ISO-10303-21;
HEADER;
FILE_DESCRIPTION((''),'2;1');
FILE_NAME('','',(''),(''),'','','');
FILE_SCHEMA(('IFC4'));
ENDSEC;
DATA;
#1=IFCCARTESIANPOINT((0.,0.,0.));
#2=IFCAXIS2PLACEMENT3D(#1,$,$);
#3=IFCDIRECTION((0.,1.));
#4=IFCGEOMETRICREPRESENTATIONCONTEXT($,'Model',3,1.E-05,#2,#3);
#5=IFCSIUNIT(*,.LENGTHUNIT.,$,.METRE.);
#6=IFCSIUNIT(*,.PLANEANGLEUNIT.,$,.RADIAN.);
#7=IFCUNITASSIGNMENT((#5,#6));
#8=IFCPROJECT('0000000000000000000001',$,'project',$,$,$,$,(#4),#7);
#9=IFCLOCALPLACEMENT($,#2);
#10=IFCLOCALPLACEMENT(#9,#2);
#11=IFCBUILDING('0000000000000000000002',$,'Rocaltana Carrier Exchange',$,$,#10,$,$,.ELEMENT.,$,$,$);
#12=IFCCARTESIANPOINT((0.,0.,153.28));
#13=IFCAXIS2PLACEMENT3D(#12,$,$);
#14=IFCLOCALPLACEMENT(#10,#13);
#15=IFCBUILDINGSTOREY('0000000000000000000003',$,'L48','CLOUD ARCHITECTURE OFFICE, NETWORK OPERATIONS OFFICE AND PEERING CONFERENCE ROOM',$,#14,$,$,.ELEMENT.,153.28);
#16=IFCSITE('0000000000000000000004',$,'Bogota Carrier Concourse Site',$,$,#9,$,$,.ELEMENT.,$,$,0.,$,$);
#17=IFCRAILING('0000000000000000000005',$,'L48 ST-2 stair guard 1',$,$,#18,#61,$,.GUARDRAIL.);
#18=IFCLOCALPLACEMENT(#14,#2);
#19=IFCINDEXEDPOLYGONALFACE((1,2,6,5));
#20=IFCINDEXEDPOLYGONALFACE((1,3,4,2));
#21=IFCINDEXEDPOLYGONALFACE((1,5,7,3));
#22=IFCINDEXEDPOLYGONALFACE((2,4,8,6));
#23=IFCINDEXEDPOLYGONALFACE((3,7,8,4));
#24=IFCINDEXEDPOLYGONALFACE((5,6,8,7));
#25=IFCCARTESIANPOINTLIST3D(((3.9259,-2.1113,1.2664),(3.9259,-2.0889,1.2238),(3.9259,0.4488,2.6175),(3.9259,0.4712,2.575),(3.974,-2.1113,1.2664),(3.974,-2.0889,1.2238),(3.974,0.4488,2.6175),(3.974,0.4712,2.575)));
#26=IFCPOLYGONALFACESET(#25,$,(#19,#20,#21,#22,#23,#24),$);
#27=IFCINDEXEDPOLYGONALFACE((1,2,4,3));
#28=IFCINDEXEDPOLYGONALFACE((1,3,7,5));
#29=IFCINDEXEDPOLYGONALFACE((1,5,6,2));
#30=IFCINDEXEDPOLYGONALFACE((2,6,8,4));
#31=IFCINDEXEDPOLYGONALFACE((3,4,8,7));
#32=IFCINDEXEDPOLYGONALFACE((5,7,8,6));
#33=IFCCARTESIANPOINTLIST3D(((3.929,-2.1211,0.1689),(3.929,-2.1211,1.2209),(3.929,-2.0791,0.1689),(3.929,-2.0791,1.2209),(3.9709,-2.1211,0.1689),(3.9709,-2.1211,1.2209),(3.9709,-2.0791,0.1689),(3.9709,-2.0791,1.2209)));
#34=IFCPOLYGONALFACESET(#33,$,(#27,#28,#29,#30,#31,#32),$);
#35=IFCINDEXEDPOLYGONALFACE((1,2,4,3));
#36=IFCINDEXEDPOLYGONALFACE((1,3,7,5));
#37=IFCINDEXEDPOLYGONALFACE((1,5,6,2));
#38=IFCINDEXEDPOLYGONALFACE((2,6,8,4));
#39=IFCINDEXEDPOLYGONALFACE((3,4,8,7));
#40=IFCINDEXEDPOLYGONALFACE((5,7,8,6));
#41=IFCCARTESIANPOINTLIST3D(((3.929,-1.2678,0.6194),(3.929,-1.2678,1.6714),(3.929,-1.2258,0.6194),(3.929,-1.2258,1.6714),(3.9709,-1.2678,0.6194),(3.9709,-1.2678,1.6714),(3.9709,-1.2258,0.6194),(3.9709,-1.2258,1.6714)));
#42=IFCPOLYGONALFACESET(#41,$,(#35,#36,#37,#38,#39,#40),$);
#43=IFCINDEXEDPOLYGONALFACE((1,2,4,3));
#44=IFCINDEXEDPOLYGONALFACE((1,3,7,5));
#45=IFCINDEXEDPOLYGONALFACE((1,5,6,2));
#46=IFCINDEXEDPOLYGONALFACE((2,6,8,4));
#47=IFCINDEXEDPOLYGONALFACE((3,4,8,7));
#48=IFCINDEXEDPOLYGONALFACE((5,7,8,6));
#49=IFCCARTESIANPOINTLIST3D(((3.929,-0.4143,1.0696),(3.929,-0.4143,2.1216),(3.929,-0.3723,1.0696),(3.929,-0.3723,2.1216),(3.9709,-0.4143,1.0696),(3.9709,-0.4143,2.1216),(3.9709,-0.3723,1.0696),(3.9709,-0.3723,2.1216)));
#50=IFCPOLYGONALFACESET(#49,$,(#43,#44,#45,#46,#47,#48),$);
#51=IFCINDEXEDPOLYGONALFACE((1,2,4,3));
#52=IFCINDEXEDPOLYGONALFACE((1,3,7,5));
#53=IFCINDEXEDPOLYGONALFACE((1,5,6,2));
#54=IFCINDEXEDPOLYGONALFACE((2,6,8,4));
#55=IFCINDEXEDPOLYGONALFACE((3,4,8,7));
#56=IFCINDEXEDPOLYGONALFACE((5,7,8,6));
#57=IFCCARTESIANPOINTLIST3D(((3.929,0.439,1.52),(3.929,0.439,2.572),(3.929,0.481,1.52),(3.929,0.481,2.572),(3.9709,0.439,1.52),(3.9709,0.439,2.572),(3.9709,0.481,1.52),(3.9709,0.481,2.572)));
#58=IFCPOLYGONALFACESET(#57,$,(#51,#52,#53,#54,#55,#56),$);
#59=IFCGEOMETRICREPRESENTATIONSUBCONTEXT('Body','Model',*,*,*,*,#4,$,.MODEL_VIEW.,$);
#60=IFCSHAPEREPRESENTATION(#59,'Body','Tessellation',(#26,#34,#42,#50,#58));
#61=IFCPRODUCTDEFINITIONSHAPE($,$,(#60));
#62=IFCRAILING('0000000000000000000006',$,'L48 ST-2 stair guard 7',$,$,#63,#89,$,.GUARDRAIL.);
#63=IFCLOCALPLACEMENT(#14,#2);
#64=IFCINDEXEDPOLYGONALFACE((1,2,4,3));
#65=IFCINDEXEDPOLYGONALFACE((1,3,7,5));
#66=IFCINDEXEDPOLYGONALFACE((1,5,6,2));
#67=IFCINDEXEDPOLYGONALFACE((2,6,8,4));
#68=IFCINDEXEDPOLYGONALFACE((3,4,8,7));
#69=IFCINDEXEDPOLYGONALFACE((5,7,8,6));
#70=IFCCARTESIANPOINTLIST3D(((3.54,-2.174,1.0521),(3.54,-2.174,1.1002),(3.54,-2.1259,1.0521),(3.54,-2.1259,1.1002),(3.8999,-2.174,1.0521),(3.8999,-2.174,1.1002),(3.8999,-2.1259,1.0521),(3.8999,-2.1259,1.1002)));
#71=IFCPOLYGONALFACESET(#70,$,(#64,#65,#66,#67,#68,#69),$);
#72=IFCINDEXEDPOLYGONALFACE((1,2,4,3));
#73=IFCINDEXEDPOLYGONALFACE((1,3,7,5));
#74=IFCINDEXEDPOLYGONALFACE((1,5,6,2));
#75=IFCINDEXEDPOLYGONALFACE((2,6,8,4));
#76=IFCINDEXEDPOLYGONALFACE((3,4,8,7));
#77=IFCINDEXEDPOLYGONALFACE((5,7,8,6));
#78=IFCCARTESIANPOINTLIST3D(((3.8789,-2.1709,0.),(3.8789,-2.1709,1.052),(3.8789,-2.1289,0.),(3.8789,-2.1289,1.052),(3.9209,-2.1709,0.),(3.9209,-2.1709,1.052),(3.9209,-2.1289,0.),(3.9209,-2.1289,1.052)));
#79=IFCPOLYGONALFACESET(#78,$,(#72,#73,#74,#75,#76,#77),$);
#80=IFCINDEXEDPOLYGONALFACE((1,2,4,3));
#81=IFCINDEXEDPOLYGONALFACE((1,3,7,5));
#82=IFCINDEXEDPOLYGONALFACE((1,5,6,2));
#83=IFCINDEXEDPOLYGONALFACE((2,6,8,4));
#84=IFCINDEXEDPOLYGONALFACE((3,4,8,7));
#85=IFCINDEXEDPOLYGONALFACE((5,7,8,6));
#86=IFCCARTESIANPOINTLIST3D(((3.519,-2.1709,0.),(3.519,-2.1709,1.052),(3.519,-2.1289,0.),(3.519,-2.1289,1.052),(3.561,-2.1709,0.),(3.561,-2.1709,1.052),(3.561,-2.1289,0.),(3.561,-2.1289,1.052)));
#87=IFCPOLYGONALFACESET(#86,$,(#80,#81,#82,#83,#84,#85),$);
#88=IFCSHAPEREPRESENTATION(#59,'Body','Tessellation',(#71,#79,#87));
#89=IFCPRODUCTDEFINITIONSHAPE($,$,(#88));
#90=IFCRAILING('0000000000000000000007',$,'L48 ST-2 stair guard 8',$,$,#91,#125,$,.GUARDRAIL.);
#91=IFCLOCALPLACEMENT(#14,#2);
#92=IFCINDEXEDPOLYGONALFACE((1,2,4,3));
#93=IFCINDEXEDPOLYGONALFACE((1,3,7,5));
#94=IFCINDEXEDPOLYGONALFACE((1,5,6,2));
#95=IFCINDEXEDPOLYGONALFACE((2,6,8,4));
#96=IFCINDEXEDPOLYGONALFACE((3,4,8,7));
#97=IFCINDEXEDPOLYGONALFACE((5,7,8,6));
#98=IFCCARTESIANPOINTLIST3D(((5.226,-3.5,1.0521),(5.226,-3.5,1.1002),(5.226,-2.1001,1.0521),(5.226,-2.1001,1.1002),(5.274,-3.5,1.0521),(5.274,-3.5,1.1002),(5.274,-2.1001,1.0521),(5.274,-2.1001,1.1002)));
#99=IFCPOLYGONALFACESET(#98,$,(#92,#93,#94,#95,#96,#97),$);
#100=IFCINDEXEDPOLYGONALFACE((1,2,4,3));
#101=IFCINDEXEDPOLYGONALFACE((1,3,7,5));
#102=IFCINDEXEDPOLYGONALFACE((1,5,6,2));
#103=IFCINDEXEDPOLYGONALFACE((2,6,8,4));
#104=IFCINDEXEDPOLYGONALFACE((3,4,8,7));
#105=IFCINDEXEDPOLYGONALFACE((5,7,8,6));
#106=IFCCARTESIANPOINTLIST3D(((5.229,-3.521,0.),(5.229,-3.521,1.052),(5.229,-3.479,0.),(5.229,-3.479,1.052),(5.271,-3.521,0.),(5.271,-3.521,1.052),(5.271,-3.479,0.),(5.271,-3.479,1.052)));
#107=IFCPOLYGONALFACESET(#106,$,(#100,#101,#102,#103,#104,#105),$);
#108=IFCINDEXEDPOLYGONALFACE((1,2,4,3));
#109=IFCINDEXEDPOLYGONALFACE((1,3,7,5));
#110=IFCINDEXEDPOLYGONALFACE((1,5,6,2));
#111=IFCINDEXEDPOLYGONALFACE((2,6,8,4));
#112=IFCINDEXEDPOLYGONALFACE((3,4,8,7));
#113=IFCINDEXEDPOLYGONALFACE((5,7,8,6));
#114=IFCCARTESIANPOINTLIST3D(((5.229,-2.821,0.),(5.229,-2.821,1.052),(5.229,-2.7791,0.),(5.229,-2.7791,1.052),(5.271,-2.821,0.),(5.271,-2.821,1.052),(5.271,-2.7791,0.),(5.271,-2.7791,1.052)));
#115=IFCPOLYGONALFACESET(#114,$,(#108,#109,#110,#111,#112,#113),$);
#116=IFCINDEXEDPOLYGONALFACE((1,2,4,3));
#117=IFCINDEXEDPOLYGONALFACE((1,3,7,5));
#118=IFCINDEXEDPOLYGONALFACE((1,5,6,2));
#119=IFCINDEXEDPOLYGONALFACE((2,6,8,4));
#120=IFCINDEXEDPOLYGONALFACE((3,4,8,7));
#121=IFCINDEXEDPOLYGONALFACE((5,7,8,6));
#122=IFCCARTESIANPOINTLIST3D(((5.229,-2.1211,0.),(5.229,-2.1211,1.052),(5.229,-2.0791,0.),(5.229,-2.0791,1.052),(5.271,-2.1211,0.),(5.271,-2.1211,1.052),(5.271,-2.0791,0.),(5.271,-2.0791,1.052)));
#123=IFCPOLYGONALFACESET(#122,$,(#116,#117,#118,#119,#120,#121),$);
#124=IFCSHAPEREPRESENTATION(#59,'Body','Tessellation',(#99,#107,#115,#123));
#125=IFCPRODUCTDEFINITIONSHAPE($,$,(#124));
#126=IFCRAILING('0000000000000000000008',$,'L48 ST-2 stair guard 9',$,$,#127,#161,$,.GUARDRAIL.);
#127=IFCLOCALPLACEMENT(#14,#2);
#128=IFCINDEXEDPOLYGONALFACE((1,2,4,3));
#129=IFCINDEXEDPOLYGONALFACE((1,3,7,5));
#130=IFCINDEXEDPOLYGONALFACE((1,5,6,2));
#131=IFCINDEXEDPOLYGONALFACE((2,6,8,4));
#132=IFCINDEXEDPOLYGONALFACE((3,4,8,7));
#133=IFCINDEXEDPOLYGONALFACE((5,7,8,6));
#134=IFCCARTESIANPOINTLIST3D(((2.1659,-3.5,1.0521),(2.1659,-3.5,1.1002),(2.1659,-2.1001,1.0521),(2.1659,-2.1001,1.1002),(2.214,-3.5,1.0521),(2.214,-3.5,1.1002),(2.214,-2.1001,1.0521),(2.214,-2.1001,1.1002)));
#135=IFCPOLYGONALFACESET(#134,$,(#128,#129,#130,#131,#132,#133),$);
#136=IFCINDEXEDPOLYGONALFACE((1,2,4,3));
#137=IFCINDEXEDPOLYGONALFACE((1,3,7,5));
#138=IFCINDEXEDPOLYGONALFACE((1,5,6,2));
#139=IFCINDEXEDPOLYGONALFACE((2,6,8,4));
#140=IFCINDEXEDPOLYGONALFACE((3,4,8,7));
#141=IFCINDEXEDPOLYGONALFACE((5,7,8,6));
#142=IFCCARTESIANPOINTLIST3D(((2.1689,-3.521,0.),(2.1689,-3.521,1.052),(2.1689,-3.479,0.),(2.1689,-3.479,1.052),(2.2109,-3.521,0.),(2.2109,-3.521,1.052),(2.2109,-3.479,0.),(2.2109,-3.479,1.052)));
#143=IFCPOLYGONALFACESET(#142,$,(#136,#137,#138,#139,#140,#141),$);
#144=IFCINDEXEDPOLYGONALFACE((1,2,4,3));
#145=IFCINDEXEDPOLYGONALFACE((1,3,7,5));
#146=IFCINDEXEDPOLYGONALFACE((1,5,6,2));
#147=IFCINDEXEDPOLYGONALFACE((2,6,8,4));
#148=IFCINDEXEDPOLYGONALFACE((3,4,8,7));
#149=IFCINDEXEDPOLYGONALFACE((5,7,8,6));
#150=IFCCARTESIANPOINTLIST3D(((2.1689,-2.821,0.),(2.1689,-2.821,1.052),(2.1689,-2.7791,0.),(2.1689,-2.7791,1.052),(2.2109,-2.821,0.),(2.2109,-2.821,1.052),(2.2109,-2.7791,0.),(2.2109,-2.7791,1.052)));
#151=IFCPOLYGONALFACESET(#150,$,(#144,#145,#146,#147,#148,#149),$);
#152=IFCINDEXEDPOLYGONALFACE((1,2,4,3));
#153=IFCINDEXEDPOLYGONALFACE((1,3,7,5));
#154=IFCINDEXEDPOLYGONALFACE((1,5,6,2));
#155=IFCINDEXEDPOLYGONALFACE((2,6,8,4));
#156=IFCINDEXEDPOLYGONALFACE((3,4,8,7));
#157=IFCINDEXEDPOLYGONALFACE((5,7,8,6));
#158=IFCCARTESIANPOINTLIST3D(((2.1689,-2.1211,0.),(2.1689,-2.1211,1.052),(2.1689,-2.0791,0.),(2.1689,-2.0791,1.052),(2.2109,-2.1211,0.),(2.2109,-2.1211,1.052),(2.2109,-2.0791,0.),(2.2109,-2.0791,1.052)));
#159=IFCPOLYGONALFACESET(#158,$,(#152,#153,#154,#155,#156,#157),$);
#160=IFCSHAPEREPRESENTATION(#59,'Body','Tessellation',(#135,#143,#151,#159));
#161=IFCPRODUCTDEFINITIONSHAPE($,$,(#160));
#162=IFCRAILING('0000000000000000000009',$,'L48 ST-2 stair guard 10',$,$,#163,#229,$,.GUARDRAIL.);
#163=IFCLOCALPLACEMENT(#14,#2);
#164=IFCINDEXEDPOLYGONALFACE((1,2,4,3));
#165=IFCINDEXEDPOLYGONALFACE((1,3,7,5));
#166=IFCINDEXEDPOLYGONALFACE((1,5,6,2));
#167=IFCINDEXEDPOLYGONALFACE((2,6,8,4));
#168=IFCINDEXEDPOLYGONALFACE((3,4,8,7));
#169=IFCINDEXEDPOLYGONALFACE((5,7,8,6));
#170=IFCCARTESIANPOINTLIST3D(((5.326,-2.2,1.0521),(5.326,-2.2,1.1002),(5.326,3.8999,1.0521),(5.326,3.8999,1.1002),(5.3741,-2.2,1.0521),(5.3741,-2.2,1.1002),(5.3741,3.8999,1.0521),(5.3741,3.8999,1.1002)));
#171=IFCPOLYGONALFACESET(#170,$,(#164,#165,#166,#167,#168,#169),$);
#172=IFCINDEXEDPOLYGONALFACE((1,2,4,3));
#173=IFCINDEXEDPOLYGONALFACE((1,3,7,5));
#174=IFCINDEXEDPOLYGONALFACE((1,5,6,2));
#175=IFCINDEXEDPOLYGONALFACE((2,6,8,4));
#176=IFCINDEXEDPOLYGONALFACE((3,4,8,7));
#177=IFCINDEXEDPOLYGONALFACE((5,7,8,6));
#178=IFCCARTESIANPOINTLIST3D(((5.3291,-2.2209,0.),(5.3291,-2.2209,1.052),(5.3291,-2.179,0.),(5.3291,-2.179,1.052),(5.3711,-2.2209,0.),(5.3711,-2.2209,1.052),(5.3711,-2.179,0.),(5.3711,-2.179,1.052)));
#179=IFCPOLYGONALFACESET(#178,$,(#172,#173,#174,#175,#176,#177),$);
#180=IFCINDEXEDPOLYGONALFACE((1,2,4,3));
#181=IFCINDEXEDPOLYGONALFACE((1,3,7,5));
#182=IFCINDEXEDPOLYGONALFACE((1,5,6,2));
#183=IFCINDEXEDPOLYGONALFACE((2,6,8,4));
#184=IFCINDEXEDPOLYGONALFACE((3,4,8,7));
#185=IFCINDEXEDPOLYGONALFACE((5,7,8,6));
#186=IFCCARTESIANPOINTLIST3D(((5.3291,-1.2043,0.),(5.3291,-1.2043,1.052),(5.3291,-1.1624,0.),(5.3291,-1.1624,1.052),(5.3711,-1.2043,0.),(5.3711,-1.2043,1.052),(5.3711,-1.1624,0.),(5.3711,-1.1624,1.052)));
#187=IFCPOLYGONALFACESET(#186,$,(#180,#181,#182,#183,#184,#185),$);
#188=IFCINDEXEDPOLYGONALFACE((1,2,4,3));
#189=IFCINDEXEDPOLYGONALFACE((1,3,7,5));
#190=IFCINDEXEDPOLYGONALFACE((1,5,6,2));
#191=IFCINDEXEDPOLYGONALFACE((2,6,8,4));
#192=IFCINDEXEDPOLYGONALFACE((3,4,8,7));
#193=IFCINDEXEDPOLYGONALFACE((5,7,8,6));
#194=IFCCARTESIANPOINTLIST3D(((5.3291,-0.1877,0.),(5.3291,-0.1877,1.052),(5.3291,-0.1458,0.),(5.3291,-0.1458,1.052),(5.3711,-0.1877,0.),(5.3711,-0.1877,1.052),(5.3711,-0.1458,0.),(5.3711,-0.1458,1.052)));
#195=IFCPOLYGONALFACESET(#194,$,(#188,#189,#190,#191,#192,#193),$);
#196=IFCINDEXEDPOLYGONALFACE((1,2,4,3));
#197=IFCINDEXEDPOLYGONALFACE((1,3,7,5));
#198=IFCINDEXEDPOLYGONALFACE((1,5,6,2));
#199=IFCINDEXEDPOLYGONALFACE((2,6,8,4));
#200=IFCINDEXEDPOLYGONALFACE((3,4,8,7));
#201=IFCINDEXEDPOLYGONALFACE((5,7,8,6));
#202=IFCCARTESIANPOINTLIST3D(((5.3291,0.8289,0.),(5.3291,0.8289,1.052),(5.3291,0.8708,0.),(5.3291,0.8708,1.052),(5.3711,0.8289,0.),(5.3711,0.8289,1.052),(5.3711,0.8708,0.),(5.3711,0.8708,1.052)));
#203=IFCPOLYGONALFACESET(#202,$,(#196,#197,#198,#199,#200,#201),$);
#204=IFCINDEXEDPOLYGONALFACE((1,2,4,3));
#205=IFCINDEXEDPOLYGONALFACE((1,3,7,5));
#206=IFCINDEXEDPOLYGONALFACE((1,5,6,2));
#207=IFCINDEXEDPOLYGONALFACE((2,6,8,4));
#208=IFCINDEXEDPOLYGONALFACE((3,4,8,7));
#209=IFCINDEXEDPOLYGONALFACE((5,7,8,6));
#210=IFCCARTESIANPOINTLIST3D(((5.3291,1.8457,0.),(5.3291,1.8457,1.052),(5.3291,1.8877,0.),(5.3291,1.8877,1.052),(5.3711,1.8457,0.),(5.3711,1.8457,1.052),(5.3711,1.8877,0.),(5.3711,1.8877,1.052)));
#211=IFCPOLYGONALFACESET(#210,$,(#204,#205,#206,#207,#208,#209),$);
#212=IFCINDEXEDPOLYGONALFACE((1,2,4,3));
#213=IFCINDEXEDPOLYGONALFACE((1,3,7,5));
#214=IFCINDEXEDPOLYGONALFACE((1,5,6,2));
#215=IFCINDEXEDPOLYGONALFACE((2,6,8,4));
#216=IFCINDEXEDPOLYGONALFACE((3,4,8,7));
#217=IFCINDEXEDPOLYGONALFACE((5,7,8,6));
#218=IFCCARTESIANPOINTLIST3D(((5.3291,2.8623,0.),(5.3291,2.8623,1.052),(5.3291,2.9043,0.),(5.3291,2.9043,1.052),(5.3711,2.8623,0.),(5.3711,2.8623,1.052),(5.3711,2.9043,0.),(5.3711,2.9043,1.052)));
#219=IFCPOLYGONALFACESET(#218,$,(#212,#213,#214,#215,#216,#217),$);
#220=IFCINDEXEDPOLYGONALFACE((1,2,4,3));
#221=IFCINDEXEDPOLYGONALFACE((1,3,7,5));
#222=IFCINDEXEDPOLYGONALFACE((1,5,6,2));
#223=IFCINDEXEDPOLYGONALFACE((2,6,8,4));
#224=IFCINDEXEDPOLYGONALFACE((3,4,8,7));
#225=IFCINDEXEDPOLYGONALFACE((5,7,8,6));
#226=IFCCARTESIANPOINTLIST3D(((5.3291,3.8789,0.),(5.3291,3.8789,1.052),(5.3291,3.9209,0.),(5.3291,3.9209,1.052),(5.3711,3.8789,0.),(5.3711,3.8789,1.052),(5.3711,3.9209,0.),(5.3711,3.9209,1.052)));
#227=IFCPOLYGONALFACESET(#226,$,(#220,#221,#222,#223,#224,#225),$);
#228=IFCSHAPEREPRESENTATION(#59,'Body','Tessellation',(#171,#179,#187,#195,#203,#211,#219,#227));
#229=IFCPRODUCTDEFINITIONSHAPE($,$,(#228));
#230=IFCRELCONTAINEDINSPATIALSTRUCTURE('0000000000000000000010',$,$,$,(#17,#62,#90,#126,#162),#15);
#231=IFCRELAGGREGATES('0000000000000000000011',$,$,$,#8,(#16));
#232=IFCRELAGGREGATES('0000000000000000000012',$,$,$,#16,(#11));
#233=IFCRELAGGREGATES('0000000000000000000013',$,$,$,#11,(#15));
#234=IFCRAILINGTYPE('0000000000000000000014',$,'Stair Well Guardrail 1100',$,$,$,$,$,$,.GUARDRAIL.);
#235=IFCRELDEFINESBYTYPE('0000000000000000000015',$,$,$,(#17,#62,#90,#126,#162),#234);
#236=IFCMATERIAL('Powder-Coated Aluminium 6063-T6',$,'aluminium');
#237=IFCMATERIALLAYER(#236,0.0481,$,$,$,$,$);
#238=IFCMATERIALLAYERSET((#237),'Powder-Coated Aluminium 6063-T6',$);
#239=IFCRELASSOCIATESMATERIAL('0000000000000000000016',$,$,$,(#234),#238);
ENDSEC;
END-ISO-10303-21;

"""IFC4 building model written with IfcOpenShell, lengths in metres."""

from ifc_helpers import new_model, si_unit, direction, frame, origin, origin_2d, place, context, subcontext, project, spatial, rectangle, extrude, material, layer, layer_set, type_object, element, save


model = new_model("IFC4")

# Units and contexts
model_context = context("Model", 3, precision=1e-05, world=origin(), true_north=direction((0.0, 1.0)))
body_context = subcontext(model_context, "Body", "Model", "MODEL_VIEW")
ifc_project = project(units=[si_unit("LENGTHUNIT", "METRE"), si_unit("PLANEANGLEUNIT", "RADIAN")], contexts=[model_context])

# Site, building, storey
site_placement = place(None, origin())
site = spatial("IfcSite", under=ifc_project, at=site_placement, Name="Bogota Carrier Concourse Site", CompositionType="ELEMENT", RefElevation=0.0)
building_placement = place(site_placement, origin())
building = spatial("IfcBuilding", under=site, at=building_placement, Name="Rocaltana Carrier Exchange", CompositionType="ELEMENT")
storey_placement = place(building_placement, frame((0.0, 0.0, 153.28)))
storey = spatial("IfcBuildingStorey", under=building, at=storey_placement, Name="L48", Description="CLOUD ARCHITECTURE OFFICE, NETWORK OPERATIONS OFFICE AND PEERING CONFERENCE ROOM", CompositionType="ELEMENT", Elevation=153.28)

# Railings
ifc_material_1 = material(Name="Powder-Coated Aluminium 6063-T6", Category="aluminium")
ifc_layer_1 = layer(ifc_material_1, 0.0481)
ifc_layer_set_1 = layer_set([ifc_layer_1], Name="Powder-Coated Aluminium 6063-T6")
railing_type_1 = type_object("IfcRailingType", Name="Stair Well Guardrail 1100", PredefinedType="GUARDRAIL", material=ifc_layer_set_1)
railing_1_placement = place(storey_placement, frame((3.95, -2.1001, 0.1689)))
element("IfcRailing", 1, at=railing_1_placement, inside=storey, type_object=railing_type_1, Name="L48 ST-2 stair guard 1", PredefinedType="GUARDRAIL", context=body_context, shape_type="SweptSolid", body=[
    extrude(rectangle(XDim=0.0481, YDim=0.0481, at=origin_2d()), frame((0.0, 0.0, 1.0762), z_axis=(0.0, 0.884394, 0.46674), x_axis=(-1.0, 0.0, 0.0)), (0.0, 0.0, 1.0), 2.8948),
    extrude(rectangle(XDim=0.042, YDim=0.042, at=origin_2d()), origin(), (0.0, 0.0, 1.0), 1.052),
    extrude(rectangle(XDim=0.042, YDim=0.042, at=origin_2d()), frame((0.0, 0.8533, 0.4504)), (0.0, 0.0, 1.0), 1.052),
    extrude(rectangle(XDim=0.042, YDim=0.042, at=origin_2d()), frame((0.0, 1.7068, 0.9006)), (0.0, 0.0, 1.0), 1.052),
    extrude(rectangle(XDim=0.042, YDim=0.042, at=origin_2d()), frame((0.0, 2.5601, 1.3511)), (0.0, 0.0, 1.0), 1.052),
])
railing_2_placement = place(storey_placement, frame((3.8999, -2.1499, 0.0)))
element("IfcRailing", 2, at=railing_2_placement, inside=storey, type_object=railing_type_1, Name="L48 ST-2 stair guard 7", PredefinedType="GUARDRAIL", context=body_context, shape_type="SweptSolid", body=[
    extrude(rectangle(XDim=0.0481, YDim=0.0481, at=origin_2d()), frame((0.0, 0.0, 1.0762), z_axis=(-1.0, 0.0, 0.0), x_axis=(0.0, -1.0, 0.0)), (0.0, 0.0, 1.0), 0.3599),
    extrude(rectangle(XDim=0.042, YDim=0.042, at=origin_2d()), origin(), (0.0, 0.0, 1.0), 1.052),
    extrude(rectangle(XDim=0.042, YDim=0.042, at=origin_2d()), frame((-0.3599, 0.0, 0.0)), (0.0, 0.0, 1.0), 1.052),
])
for number, where, name in (
    (3, (5.25, -3.5, 0.0), "L48 ST-2 stair guard 8"),
    (4, (2.1899, -3.5, 0.0), "L48 ST-2 stair guard 9"),
):
    element("IfcRailing", number, at=place(storey_placement, frame(where)), inside=storey, type_object=railing_type_1, Name=name, PredefinedType="GUARDRAIL", context=body_context, shape_type="SweptSolid", body=[
        extrude(rectangle(XDim=0.0481, YDim=0.0481, at=origin_2d()), frame((0.0, 0.0, 1.0762), z_axis=(0.0, 1.0, 0.0), x_axis=(-1.0, 0.0, 0.0)), (0.0, 0.0, 1.0), 1.3999),
        extrude(rectangle(XDim=0.042, YDim=0.042, at=origin_2d()), origin(), (0.0, 0.0, 1.0), 1.052),
        extrude(rectangle(XDim=0.042, YDim=0.042, at=origin_2d()), frame((0.0, 0.7, 0.0)), (0.0, 0.0, 1.0), 1.052),
        extrude(rectangle(XDim=0.042, YDim=0.042, at=origin_2d()), frame((0.0, 1.3999, 0.0)), (0.0, 0.0, 1.0), 1.052),
    ])
for number, where, name in (
    (5, (5.3501, -2.2, 0.0), "L48 ST-2 stair guard 10"),
):
    element("IfcRailing", number, at=place(storey_placement, frame(where)), inside=storey, type_object=railing_type_1, Name=name, PredefinedType="GUARDRAIL", context=body_context, shape_type="SweptSolid", body=[
        extrude(rectangle(XDim=0.0481, YDim=0.0481, at=origin_2d()), frame((0.0, 0.0, 1.0762), z_axis=(0.0, 1.0, 0.0), x_axis=(-1.0, 0.0, 0.0)), (0.0, 0.0, 1.0), 6.0999),
        extrude(rectangle(XDim=0.042, YDim=0.042, at=origin_2d()), origin(), (0.0, 0.0, 1.0), 1.052),
        extrude(rectangle(XDim=0.042, YDim=0.042, at=origin_2d()), frame((0.0, 1.0166, 0.0)), (0.0, 0.0, 1.0), 1.052),
        extrude(rectangle(XDim=0.042, YDim=0.042, at=origin_2d()), frame((0.0, 2.0332, 0.0)), (0.0, 0.0, 1.0), 1.052),
        extrude(rectangle(XDim=0.042, YDim=0.042, at=origin_2d()), frame((0.0, 3.0498, 0.0)), (0.0, 0.0, 1.0), 1.052),
        extrude(rectangle(XDim=0.042, YDim=0.042, at=origin_2d()), frame((0.0, 4.0667, 0.0)), (0.0, 0.0, 1.0), 1.052),
        extrude(rectangle(XDim=0.042, YDim=0.042, at=origin_2d()), frame((0.0, 5.0833, 0.0)), (0.0, 0.0, 1.0), 1.052),
        extrude(rectangle(XDim=0.042, YDim=0.042, at=origin_2d()), frame((0.0, 6.0999, 0.0)), (0.0, 0.0, 1.0), 1.052),
    ])

save(model, "model.ifc")
